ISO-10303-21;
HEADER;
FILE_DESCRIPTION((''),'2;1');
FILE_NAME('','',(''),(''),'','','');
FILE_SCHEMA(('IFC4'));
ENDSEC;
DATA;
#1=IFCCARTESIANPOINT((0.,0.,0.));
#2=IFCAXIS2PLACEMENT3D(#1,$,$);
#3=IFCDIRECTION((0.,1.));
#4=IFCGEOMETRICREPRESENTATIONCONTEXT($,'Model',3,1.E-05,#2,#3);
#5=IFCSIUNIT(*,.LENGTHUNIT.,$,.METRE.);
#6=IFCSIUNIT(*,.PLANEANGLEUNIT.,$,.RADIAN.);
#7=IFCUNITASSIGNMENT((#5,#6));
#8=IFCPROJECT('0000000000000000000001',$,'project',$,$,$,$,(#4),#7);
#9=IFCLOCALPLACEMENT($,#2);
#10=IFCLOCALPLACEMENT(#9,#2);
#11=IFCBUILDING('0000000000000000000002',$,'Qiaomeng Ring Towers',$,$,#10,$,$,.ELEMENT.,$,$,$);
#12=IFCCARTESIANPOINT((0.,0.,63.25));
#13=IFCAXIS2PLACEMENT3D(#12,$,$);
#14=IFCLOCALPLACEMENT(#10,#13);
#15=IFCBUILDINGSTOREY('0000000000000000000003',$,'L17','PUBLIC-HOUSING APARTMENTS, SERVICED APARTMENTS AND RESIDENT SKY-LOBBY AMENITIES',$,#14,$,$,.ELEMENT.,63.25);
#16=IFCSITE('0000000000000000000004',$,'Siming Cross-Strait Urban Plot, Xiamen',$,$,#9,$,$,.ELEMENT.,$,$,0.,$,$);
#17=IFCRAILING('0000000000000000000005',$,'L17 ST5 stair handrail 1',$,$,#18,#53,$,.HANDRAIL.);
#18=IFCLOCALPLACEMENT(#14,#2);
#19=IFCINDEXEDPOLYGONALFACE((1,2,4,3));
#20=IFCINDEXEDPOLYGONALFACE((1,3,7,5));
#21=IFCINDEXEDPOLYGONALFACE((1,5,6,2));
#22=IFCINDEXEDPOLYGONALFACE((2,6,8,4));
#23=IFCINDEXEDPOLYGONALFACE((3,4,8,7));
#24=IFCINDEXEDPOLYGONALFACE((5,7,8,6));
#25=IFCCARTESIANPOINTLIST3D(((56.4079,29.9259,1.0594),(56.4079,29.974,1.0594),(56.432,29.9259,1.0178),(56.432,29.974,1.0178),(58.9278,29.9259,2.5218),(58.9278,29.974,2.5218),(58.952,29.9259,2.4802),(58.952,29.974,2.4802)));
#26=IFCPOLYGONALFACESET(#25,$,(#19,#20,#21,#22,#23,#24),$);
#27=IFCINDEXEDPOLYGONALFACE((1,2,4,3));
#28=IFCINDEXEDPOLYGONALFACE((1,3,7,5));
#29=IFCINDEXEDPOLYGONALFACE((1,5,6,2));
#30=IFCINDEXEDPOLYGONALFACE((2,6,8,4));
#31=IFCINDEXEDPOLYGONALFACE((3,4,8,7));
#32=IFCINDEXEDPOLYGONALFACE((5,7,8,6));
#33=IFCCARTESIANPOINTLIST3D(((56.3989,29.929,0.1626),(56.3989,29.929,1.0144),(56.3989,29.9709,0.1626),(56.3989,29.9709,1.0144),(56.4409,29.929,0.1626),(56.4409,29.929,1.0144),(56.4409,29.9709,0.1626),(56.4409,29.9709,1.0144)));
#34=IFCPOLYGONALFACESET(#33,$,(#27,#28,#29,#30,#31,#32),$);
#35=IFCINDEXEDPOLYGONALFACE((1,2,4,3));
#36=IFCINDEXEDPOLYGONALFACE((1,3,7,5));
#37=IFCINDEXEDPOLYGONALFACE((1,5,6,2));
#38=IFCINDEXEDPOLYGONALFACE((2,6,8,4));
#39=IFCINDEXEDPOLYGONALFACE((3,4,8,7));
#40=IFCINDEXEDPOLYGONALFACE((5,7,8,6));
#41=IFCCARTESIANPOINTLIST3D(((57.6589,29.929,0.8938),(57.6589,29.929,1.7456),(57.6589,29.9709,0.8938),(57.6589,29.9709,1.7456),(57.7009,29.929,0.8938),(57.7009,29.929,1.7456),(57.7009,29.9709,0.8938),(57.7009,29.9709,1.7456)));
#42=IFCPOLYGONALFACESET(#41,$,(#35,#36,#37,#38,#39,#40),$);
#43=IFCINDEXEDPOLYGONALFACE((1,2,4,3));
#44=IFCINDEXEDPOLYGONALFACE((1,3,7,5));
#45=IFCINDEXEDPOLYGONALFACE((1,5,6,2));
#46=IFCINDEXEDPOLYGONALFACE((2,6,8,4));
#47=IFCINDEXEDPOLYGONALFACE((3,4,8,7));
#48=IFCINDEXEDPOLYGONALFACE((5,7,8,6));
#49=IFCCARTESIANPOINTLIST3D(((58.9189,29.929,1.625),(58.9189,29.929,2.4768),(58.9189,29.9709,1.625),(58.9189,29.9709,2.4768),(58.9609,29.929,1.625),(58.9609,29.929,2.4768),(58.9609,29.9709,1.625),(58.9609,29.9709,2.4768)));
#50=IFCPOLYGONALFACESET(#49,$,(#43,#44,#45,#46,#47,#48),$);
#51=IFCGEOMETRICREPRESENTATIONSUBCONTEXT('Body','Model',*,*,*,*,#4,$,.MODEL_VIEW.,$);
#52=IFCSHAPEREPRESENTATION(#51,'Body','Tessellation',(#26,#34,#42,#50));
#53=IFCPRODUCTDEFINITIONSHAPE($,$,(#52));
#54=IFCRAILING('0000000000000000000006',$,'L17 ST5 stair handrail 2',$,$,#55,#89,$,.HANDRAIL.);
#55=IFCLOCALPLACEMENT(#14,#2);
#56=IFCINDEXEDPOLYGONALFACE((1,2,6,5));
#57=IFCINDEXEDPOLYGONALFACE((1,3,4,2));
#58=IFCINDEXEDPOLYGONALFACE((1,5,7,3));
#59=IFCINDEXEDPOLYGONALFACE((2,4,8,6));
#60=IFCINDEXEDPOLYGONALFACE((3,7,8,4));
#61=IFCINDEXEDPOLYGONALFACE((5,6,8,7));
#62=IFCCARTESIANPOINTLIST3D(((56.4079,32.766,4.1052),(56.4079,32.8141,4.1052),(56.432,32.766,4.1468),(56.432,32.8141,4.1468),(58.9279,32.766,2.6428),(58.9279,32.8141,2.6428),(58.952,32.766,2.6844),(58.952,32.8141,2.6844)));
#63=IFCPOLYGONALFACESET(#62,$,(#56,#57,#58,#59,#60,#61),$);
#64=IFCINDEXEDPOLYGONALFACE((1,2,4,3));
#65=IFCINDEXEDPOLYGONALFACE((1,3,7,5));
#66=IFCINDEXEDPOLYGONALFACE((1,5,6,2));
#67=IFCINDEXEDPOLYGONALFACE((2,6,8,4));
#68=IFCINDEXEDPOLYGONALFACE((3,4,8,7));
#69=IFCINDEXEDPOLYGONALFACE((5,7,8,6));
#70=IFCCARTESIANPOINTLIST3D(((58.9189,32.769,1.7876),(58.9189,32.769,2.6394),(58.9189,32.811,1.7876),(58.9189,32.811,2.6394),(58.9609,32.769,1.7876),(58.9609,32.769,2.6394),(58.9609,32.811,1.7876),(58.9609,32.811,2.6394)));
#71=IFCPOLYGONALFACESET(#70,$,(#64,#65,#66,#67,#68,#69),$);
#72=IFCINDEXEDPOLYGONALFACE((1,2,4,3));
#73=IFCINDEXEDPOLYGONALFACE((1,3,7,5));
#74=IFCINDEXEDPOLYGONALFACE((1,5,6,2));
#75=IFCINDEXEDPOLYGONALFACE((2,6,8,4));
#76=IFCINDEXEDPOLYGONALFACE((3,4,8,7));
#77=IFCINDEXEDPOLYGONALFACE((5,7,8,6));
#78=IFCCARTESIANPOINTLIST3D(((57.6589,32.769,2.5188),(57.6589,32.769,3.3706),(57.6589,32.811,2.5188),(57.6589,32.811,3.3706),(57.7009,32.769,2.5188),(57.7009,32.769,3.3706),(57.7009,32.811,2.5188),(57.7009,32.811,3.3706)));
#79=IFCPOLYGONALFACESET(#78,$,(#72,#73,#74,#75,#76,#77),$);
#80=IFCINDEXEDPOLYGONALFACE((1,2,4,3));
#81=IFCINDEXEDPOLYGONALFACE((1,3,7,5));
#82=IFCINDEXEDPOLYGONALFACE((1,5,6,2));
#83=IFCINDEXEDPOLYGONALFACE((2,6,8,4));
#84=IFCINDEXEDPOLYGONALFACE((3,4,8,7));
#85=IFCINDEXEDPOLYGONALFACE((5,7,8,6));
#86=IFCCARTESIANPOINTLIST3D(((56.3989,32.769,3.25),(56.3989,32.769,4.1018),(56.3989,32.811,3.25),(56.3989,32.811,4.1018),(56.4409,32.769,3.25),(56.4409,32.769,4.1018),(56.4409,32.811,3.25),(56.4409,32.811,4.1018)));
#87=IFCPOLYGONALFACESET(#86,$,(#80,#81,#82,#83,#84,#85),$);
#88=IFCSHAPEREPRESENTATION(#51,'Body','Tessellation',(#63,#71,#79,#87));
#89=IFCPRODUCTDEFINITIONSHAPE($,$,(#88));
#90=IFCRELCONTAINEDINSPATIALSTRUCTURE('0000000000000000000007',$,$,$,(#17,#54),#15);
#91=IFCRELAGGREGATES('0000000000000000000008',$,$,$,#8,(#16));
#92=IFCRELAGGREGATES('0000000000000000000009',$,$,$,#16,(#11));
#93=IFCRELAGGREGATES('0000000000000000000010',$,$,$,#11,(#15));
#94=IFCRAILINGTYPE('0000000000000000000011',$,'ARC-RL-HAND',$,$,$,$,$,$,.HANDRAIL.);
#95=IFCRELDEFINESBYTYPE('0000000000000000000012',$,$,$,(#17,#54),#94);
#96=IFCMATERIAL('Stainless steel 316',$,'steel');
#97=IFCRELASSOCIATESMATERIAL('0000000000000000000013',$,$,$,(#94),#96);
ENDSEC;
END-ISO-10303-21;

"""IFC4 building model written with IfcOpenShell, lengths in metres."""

from ifc_helpers import new_model, si_unit, direction, frame, origin, origin_2d, place, context, subcontext, project, spatial, rectangle, extrude, material, type_object, element, save


model = new_model("IFC4")

# Units and contexts
model_context = context("Model", 3, precision=1e-05, world=origin(), true_north=direction((0.0, 1.0)))
body_context = subcontext(model_context, "Body", "Model", "MODEL_VIEW")
ifc_project = project(units=[si_unit("LENGTHUNIT", "METRE"), si_unit("PLANEANGLEUNIT", "RADIAN")], contexts=[model_context])

# Site, building, storey
site_placement = place(None, origin())
site = spatial("IfcSite", under=ifc_project, at=site_placement, Name="Siming Cross-Strait Urban Plot, Xiamen", CompositionType="ELEMENT", RefElevation=0.0)
building_placement = place(site_placement, origin())
building = spatial("IfcBuilding", under=site, at=building_placement, Name="Qiaomeng Ring Towers", CompositionType="ELEMENT")
storey_placement = place(building_placement, frame((0.0, 0.0, 63.25)))
storey = spatial("IfcBuildingStorey", under=building, at=storey_placement, Name="L17", Description="PUBLIC-HOUSING APARTMENTS, SERVICED APARTMENTS AND RESIDENT SKY-LOBBY AMENITIES", CompositionType="ELEMENT", Elevation=63.25)

# Shared definitions
ifc_material_1 = material(Name="Stainless steel 316", Category="steel")

# Railings
railing_type_1 = type_object("IfcRailingType", Name="ARC-RL-HAND", PredefinedType="HANDRAIL", material=ifc_material_1)
railing_1_placement = place(storey_placement, frame((56.4199, 29.95, 0.1626)))
element("IfcRailing", 1, at=railing_1_placement, inside=storey, type_object=railing_type_1, Name="L17 ST5 stair handrail 1", PredefinedType="HANDRAIL", context=body_context, shape_type="SweptSolid", body=[
    extrude(rectangle(XDim=0.0481, YDim=0.0481, at=origin_2d()), frame((0.0, 0.0, 0.876), z_axis=(0.864913, 0.0, 0.501921), x_axis=(0.0, 1.0, 0.0)), (0.0, 0.0, 1.0), 2.9136),
    extrude(rectangle(XDim=0.042, YDim=0.042, at=origin_2d()), origin(), (0.0, 0.0, 1.0), 0.8518),
    extrude(rectangle(XDim=0.042, YDim=0.042, at=origin_2d()), frame((1.26, 0.0, 0.7312)), (0.0, 0.0, 1.0), 0.8518),
    extrude(rectangle(XDim=0.042, YDim=0.042, at=origin_2d()), frame((2.52, 0.0, 1.4624)), (0.0, 0.0, 1.0), 0.8518),
])
railing_2_placement = place(storey_placement, frame((58.9399, 32.79, 1.7876)))
element("IfcRailing", 2, at=railing_2_placement, inside=storey, type_object=railing_type_1, Name="L17 ST5 stair handrail 2", PredefinedType="HANDRAIL", context=body_context, shape_type="SweptSolid", body=[
    extrude(rectangle(XDim=0.0481, YDim=0.0481, at=origin_2d()), frame((0.0, 0.0, 0.876), z_axis=(-0.864913, 0.0, 0.501921), x_axis=(0.0, -1.0, 0.0)), (0.0, 0.0, 1.0), 2.9136),
    extrude(rectangle(XDim=0.042, YDim=0.042, at=origin_2d()), origin(), (0.0, 0.0, 1.0), 0.8518),
    extrude(rectangle(XDim=0.042, YDim=0.042, at=origin_2d()), frame((-1.26, 0.0, 0.7312)), (0.0, 0.0, 1.0), 0.8518),
    extrude(rectangle(XDim=0.042, YDim=0.042, at=origin_2d()), frame((-2.52, 0.0, 1.4624)), (0.0, 0.0, 1.0), 0.8518),
])

save(model, "model.ifc")
